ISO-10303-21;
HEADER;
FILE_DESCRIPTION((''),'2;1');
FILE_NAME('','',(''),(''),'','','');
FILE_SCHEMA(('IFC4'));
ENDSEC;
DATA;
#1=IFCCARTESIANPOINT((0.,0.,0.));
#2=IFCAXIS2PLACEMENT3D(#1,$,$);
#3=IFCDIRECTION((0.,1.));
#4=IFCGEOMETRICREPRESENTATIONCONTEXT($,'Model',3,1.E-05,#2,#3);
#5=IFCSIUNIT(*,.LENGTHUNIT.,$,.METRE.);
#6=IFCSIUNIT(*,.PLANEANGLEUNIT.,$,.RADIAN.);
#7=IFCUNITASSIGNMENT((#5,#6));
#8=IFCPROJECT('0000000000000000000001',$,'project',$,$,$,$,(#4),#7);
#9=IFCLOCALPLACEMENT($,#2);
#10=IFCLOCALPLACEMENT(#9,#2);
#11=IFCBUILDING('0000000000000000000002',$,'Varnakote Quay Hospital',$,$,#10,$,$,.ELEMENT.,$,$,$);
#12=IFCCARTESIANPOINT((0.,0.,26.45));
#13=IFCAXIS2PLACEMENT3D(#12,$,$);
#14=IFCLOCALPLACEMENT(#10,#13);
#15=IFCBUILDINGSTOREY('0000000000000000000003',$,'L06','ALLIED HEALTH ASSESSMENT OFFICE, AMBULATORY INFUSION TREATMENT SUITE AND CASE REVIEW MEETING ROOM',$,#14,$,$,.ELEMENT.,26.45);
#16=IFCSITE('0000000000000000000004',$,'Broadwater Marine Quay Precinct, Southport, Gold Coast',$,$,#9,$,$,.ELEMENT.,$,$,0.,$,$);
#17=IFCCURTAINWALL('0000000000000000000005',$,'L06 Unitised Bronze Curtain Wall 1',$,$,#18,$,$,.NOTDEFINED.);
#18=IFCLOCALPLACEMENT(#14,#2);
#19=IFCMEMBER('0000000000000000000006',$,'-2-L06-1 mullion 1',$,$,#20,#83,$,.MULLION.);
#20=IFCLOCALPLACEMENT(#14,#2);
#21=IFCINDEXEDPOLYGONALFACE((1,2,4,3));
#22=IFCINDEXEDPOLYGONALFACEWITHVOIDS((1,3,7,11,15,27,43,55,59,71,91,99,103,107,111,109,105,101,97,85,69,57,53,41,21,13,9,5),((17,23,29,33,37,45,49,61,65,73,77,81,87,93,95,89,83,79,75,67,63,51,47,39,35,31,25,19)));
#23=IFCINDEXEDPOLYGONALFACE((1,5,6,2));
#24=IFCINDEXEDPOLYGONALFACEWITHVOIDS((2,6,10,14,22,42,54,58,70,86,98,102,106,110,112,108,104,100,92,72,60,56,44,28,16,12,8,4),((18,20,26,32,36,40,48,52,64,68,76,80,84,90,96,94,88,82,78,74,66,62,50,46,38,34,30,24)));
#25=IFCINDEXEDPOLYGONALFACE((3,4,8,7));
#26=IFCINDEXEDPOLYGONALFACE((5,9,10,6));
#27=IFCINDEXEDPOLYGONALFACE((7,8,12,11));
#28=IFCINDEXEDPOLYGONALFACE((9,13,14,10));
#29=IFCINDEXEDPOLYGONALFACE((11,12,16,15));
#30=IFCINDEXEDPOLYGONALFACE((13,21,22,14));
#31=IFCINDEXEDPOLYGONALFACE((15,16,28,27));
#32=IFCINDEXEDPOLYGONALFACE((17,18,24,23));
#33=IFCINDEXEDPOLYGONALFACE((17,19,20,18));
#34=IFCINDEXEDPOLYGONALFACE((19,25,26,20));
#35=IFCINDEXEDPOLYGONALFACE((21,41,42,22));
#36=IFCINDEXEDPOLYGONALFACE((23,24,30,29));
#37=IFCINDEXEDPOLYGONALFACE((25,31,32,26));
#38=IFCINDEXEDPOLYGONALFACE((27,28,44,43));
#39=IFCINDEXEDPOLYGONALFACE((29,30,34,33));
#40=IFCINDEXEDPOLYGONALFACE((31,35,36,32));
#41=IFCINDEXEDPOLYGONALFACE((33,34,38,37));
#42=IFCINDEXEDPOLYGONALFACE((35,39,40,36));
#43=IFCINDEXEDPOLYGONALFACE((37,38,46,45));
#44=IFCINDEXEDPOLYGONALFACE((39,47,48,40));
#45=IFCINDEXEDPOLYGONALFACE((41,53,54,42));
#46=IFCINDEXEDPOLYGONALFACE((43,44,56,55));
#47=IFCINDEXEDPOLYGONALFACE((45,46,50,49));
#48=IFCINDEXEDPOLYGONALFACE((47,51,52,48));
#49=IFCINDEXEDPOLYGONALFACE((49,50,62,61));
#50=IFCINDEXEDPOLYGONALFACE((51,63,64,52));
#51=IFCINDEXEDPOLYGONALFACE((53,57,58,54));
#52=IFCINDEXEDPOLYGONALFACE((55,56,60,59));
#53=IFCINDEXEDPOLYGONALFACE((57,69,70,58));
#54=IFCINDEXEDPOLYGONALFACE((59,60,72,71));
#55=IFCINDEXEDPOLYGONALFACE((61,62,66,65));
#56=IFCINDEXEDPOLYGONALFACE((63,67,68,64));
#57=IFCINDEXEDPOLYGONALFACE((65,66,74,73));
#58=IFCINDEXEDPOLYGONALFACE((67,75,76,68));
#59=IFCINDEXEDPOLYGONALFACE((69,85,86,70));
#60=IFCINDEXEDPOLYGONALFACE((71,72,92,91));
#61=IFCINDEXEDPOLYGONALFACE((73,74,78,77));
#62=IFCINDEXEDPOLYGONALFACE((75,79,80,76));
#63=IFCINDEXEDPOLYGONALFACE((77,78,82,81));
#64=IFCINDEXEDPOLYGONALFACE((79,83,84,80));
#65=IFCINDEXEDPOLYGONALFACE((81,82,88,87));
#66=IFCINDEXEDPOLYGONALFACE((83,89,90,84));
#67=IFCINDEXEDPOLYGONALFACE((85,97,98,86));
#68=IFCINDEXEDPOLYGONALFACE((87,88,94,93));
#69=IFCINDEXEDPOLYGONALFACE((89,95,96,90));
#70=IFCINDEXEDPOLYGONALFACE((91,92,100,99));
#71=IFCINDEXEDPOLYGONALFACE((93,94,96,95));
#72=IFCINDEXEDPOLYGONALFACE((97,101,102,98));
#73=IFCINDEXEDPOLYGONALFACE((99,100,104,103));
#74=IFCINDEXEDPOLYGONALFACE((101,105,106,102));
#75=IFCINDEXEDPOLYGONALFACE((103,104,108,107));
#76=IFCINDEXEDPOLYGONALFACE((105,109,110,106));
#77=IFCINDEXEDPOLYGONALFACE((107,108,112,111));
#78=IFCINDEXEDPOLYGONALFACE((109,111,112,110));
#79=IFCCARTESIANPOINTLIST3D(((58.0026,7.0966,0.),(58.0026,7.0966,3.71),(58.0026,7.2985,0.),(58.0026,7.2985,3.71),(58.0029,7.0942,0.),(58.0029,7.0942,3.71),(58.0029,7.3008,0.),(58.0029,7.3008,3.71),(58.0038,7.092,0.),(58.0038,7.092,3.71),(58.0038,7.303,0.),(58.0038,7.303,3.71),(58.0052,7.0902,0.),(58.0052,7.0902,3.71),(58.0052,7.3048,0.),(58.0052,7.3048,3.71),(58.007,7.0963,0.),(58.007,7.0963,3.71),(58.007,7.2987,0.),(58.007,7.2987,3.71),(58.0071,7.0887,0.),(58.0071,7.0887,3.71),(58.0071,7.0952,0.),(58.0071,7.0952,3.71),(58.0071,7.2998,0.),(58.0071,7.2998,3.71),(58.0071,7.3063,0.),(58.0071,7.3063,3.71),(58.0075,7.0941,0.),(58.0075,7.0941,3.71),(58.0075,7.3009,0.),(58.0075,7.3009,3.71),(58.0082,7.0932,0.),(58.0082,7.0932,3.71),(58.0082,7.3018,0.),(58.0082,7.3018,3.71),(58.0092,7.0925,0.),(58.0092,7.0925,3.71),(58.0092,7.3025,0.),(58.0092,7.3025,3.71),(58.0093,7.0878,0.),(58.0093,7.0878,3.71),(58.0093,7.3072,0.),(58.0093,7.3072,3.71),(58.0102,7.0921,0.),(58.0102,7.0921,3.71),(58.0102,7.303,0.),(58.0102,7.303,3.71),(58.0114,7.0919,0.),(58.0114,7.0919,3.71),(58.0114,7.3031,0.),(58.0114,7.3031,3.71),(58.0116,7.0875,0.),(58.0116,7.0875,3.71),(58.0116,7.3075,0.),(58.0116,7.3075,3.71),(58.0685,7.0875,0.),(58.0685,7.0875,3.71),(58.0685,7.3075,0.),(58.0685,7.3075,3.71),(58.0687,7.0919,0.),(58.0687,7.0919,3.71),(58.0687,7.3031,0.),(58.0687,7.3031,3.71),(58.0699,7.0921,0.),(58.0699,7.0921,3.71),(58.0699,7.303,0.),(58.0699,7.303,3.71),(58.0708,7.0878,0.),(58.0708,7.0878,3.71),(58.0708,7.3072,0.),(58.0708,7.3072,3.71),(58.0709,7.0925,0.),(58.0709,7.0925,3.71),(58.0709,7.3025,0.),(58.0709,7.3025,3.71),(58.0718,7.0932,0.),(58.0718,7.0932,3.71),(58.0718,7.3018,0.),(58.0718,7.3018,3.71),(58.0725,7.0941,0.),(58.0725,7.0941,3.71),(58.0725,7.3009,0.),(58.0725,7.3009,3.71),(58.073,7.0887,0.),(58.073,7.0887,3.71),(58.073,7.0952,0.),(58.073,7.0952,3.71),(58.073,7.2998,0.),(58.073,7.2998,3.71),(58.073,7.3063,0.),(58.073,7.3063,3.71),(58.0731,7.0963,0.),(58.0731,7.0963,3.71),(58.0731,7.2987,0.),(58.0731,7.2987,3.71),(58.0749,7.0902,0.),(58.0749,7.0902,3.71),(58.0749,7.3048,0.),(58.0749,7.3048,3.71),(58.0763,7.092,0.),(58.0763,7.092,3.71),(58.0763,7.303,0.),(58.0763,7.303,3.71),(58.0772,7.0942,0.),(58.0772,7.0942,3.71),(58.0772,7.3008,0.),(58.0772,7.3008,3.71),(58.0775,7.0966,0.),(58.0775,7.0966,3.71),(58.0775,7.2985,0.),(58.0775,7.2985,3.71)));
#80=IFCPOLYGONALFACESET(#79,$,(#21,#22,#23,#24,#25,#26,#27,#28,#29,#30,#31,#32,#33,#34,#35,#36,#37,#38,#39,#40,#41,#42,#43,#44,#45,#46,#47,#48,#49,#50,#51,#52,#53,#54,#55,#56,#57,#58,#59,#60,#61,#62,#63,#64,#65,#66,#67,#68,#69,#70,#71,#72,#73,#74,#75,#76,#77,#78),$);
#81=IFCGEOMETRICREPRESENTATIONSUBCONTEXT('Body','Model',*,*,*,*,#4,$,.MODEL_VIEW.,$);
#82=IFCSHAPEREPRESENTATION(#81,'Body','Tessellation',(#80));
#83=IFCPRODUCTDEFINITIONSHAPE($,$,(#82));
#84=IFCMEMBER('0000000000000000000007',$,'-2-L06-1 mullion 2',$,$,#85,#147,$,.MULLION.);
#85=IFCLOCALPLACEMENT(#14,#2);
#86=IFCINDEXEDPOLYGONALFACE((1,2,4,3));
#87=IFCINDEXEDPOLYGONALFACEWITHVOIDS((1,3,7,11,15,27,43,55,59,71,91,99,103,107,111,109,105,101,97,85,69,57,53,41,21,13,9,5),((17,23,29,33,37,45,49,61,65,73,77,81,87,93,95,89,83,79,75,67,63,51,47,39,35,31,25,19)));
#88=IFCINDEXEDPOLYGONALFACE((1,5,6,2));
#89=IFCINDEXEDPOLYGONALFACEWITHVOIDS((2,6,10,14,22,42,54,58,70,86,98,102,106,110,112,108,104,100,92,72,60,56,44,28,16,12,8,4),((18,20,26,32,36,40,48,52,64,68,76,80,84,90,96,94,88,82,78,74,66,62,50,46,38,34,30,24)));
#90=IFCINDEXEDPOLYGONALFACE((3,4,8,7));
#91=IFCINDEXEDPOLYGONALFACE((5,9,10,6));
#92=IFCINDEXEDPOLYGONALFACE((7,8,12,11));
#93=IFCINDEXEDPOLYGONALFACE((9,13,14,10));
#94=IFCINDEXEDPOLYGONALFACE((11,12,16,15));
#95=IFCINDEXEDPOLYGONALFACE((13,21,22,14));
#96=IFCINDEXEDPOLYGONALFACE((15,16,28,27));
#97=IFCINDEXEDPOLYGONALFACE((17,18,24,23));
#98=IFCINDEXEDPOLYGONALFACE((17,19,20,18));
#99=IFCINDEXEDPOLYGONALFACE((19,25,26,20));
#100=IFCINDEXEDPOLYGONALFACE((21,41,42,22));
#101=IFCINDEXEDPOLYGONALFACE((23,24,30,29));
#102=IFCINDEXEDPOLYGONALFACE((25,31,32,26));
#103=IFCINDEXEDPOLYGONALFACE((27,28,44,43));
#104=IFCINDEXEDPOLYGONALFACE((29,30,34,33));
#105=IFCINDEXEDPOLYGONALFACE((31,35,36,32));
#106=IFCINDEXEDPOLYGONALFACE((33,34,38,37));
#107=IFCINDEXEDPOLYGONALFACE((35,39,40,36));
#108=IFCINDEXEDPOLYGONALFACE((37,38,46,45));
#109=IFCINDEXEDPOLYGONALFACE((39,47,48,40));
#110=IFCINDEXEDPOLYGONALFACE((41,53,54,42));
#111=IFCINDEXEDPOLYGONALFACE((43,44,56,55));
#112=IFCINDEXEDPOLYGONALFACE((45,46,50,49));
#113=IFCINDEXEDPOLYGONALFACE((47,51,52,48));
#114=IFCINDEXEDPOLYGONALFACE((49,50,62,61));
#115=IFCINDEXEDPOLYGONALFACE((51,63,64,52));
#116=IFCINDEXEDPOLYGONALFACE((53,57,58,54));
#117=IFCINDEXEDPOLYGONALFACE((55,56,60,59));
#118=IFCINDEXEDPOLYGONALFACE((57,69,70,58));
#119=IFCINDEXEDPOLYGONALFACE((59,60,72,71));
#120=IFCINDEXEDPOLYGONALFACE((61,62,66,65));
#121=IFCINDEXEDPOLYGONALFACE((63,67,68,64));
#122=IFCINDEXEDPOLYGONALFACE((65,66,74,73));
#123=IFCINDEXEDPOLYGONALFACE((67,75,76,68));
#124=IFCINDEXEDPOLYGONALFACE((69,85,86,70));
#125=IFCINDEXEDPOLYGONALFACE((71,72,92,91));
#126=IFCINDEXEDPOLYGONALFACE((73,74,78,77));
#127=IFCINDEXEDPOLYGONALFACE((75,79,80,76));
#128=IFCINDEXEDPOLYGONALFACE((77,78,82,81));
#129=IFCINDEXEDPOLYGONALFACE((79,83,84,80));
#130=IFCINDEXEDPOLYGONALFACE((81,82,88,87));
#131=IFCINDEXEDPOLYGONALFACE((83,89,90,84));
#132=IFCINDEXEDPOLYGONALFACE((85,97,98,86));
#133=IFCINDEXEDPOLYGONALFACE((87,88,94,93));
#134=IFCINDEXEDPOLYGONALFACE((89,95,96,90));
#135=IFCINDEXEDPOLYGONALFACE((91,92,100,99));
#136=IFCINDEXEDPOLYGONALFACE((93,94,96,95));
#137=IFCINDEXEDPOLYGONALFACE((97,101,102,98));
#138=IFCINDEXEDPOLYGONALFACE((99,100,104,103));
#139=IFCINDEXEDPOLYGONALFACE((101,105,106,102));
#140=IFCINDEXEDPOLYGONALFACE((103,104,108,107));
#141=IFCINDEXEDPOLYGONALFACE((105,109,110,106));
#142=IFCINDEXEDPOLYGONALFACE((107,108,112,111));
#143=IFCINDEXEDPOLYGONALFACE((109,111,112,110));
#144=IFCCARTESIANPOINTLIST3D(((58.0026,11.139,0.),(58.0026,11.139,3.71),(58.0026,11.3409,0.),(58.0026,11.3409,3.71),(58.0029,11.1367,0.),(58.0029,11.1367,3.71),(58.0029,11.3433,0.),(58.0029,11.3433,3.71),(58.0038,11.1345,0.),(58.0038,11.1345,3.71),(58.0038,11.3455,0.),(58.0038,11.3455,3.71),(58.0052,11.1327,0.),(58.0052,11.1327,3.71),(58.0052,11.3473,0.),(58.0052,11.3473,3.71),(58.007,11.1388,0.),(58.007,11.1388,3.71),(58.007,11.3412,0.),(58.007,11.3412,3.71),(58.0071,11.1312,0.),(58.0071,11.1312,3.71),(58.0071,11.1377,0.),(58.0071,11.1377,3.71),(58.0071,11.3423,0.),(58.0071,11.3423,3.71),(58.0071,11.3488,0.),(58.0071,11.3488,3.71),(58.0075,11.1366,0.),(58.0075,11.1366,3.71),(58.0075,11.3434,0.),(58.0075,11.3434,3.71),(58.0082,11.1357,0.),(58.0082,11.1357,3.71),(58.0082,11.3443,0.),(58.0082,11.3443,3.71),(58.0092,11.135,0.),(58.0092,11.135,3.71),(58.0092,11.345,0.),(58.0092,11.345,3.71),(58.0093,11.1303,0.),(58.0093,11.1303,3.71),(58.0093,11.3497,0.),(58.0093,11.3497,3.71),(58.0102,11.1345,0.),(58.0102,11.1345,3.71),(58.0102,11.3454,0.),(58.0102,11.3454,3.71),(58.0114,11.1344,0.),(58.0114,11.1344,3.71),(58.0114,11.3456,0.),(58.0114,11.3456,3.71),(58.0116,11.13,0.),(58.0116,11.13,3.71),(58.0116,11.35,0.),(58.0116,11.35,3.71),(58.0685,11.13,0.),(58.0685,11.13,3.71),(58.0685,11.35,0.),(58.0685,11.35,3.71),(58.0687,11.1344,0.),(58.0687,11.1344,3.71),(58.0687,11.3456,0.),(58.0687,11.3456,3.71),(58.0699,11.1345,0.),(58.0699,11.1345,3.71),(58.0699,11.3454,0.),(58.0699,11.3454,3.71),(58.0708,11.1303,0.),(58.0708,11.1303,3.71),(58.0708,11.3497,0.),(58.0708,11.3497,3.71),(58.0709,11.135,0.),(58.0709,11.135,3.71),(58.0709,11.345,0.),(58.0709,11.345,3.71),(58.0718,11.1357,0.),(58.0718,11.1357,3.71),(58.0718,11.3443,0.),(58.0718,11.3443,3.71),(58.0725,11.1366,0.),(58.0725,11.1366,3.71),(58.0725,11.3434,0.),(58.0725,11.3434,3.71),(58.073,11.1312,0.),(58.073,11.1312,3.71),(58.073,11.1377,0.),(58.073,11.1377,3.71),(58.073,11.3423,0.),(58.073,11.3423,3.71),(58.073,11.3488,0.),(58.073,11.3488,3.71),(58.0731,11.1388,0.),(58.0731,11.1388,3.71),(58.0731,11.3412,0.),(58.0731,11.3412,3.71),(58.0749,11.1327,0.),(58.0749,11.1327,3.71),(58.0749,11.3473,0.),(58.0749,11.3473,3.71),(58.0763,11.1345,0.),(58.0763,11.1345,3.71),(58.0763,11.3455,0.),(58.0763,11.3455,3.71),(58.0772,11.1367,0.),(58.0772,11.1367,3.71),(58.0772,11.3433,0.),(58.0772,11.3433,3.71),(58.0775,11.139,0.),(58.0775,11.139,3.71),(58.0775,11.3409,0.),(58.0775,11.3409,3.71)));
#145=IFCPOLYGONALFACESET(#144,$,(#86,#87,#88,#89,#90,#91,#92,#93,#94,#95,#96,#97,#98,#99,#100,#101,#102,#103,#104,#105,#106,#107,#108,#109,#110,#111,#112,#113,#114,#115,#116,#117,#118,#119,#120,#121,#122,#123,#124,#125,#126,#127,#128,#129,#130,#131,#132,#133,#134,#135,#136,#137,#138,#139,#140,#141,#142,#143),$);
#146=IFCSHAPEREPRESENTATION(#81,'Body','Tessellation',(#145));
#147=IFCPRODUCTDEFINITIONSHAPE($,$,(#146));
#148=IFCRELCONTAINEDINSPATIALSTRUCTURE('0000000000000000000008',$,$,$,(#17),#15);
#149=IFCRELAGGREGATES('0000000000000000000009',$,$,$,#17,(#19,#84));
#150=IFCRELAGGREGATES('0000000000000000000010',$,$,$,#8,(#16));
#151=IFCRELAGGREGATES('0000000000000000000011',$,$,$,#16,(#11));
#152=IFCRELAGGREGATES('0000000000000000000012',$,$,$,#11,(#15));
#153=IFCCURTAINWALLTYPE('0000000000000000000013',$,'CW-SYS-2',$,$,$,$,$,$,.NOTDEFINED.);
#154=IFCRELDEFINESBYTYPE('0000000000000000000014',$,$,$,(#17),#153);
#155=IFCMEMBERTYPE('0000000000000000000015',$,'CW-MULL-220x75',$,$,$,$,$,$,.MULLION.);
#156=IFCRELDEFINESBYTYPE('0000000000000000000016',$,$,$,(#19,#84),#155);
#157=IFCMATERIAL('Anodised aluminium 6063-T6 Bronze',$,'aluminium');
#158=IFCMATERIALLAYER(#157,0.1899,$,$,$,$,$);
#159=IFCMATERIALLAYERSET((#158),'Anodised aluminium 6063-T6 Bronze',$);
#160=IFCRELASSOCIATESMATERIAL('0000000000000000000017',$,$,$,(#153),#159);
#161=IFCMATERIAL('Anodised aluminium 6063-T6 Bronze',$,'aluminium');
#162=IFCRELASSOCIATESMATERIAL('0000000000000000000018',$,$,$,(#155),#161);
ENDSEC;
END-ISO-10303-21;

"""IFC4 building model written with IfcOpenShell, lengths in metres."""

from ifc_helpers import new_model, si_unit, direction, frame, origin, origin_2d, place, context, subcontext, project, spatial, hollow_rectangle, extrude, material, layer, layer_set, material_profile, profile_set, type_object, element, aggregate, save


model = new_model("IFC4")

# Units and contexts
model_context = context("Model", 3, precision=1e-05, world=origin(), true_north=direction((0.0, 1.0)))
body_context = subcontext(model_context, "Body", "Model", "MODEL_VIEW")
ifc_project = project(units=[si_unit("LENGTHUNIT", "METRE"), si_unit("PLANEANGLEUNIT", "RADIAN")], contexts=[model_context])

# Site, building, storey
site_placement = place(None, origin())
site = spatial("IfcSite", under=ifc_project, at=site_placement, Name="Broadwater Marine Quay Precinct, Southport, Gold Coast", CompositionType="ELEMENT", RefElevation=0.0)
building_placement = place(site_placement, origin())
building = spatial("IfcBuilding", under=site, at=building_placement, Name="Varnakote Quay Hospital", CompositionType="ELEMENT")
storey_placement = place(building_placement, frame((0.0, 0.0, 26.45)))
storey = spatial("IfcBuildingStorey", under=building, at=storey_placement, Name="L06", Description="ALLIED HEALTH ASSESSMENT OFFICE, AMBULATORY INFUSION TREATMENT SUITE AND CASE REVIEW MEETING ROOM", CompositionType="ELEMENT", Elevation=26.45)

# Curtain wall, members
ifc_material_1 = material(Name="Anodised aluminium 6063-T6 Bronze", Category="aluminium")
ifc_layer_1 = layer(ifc_material_1, 0.1899)
ifc_layer_set_1 = layer_set([ifc_layer_1], Name="Anodised aluminium 6063-T6 Bronze")
curtain_wall_type = type_object("IfcCurtainWallType", Name="CW-SYS-2", PredefinedType="NOTDEFINED", material=ifc_layer_set_1)
curtain_wall_placement = place(storey_placement, origin())
curtain_wall = element("IfcCurtainWall", 1, at=curtain_wall_placement, inside=storey, type_object=curtain_wall_type, Name="L06 Unitised Bronze Curtain Wall 1", PredefinedType="NOTDEFINED")
ifc_material_2 = material(Name="Anodised aluminium 6063-T6 Bronze", Category="aluminium")
ifc_material_profile_1 = material_profile(ifc_material_2, hollow_rectangle(XDim=0.075, YDim=0.22, WallThickness=0.0044, InnerFilletRadius=0.0044, OuterFilletRadius=0.009, at=origin_2d()), Name="CW-MULL-220x75")
ifc_profile_set_1 = profile_set([ifc_material_profile_1], Name="Anodised aluminium 6063-T6 Bronze")
member_type_1 = type_object("IfcMemberType", Name="CW-MULL-220x75", PredefinedType="MULLION", material=ifc_profile_set_1)
member_1_placement = place(storey_placement, frame((58.04, 7.1975, 0.0), z_axis=(0.0, 0.0, 1.0), x_axis=(-1.0, 0.0, 0.0)))
member_1 = element("IfcMember", 2, at=member_1_placement, type_object=member_type_1, Name="-2-L06-1 mullion 1", PredefinedType="MULLION", context=body_context, shape_type="SweptSolid", body=[
    extrude(hollow_rectangle(XDim=0.075, YDim=0.22, WallThickness=0.0044, InnerFilletRadius=0.0044, OuterFilletRadius=0.009, at=origin_2d()), origin(), (0.0, 0.0, 1.0), 3.71),
])
member_2_placement = place(storey_placement, frame((58.04, 11.24, 0.0), z_axis=(0.0, 0.0, 1.0), x_axis=(-1.0, 0.0, 0.0)))
member_2 = element("IfcMember", 3, at=member_2_placement, type_object=member_type_1, Name="-2-L06-1 mullion 2", PredefinedType="MULLION", context=body_context, shape_type="SweptSolid", body=[
    extrude(hollow_rectangle(XDim=0.075, YDim=0.22, WallThickness=0.0044, InnerFilletRadius=0.0044, OuterFilletRadius=0.009, at=origin_2d()), origin(), (0.0, 0.0, 1.0), 3.71),
])
aggregate(curtain_wall, [member_1, member_2])

save(model, "model.ifc")
